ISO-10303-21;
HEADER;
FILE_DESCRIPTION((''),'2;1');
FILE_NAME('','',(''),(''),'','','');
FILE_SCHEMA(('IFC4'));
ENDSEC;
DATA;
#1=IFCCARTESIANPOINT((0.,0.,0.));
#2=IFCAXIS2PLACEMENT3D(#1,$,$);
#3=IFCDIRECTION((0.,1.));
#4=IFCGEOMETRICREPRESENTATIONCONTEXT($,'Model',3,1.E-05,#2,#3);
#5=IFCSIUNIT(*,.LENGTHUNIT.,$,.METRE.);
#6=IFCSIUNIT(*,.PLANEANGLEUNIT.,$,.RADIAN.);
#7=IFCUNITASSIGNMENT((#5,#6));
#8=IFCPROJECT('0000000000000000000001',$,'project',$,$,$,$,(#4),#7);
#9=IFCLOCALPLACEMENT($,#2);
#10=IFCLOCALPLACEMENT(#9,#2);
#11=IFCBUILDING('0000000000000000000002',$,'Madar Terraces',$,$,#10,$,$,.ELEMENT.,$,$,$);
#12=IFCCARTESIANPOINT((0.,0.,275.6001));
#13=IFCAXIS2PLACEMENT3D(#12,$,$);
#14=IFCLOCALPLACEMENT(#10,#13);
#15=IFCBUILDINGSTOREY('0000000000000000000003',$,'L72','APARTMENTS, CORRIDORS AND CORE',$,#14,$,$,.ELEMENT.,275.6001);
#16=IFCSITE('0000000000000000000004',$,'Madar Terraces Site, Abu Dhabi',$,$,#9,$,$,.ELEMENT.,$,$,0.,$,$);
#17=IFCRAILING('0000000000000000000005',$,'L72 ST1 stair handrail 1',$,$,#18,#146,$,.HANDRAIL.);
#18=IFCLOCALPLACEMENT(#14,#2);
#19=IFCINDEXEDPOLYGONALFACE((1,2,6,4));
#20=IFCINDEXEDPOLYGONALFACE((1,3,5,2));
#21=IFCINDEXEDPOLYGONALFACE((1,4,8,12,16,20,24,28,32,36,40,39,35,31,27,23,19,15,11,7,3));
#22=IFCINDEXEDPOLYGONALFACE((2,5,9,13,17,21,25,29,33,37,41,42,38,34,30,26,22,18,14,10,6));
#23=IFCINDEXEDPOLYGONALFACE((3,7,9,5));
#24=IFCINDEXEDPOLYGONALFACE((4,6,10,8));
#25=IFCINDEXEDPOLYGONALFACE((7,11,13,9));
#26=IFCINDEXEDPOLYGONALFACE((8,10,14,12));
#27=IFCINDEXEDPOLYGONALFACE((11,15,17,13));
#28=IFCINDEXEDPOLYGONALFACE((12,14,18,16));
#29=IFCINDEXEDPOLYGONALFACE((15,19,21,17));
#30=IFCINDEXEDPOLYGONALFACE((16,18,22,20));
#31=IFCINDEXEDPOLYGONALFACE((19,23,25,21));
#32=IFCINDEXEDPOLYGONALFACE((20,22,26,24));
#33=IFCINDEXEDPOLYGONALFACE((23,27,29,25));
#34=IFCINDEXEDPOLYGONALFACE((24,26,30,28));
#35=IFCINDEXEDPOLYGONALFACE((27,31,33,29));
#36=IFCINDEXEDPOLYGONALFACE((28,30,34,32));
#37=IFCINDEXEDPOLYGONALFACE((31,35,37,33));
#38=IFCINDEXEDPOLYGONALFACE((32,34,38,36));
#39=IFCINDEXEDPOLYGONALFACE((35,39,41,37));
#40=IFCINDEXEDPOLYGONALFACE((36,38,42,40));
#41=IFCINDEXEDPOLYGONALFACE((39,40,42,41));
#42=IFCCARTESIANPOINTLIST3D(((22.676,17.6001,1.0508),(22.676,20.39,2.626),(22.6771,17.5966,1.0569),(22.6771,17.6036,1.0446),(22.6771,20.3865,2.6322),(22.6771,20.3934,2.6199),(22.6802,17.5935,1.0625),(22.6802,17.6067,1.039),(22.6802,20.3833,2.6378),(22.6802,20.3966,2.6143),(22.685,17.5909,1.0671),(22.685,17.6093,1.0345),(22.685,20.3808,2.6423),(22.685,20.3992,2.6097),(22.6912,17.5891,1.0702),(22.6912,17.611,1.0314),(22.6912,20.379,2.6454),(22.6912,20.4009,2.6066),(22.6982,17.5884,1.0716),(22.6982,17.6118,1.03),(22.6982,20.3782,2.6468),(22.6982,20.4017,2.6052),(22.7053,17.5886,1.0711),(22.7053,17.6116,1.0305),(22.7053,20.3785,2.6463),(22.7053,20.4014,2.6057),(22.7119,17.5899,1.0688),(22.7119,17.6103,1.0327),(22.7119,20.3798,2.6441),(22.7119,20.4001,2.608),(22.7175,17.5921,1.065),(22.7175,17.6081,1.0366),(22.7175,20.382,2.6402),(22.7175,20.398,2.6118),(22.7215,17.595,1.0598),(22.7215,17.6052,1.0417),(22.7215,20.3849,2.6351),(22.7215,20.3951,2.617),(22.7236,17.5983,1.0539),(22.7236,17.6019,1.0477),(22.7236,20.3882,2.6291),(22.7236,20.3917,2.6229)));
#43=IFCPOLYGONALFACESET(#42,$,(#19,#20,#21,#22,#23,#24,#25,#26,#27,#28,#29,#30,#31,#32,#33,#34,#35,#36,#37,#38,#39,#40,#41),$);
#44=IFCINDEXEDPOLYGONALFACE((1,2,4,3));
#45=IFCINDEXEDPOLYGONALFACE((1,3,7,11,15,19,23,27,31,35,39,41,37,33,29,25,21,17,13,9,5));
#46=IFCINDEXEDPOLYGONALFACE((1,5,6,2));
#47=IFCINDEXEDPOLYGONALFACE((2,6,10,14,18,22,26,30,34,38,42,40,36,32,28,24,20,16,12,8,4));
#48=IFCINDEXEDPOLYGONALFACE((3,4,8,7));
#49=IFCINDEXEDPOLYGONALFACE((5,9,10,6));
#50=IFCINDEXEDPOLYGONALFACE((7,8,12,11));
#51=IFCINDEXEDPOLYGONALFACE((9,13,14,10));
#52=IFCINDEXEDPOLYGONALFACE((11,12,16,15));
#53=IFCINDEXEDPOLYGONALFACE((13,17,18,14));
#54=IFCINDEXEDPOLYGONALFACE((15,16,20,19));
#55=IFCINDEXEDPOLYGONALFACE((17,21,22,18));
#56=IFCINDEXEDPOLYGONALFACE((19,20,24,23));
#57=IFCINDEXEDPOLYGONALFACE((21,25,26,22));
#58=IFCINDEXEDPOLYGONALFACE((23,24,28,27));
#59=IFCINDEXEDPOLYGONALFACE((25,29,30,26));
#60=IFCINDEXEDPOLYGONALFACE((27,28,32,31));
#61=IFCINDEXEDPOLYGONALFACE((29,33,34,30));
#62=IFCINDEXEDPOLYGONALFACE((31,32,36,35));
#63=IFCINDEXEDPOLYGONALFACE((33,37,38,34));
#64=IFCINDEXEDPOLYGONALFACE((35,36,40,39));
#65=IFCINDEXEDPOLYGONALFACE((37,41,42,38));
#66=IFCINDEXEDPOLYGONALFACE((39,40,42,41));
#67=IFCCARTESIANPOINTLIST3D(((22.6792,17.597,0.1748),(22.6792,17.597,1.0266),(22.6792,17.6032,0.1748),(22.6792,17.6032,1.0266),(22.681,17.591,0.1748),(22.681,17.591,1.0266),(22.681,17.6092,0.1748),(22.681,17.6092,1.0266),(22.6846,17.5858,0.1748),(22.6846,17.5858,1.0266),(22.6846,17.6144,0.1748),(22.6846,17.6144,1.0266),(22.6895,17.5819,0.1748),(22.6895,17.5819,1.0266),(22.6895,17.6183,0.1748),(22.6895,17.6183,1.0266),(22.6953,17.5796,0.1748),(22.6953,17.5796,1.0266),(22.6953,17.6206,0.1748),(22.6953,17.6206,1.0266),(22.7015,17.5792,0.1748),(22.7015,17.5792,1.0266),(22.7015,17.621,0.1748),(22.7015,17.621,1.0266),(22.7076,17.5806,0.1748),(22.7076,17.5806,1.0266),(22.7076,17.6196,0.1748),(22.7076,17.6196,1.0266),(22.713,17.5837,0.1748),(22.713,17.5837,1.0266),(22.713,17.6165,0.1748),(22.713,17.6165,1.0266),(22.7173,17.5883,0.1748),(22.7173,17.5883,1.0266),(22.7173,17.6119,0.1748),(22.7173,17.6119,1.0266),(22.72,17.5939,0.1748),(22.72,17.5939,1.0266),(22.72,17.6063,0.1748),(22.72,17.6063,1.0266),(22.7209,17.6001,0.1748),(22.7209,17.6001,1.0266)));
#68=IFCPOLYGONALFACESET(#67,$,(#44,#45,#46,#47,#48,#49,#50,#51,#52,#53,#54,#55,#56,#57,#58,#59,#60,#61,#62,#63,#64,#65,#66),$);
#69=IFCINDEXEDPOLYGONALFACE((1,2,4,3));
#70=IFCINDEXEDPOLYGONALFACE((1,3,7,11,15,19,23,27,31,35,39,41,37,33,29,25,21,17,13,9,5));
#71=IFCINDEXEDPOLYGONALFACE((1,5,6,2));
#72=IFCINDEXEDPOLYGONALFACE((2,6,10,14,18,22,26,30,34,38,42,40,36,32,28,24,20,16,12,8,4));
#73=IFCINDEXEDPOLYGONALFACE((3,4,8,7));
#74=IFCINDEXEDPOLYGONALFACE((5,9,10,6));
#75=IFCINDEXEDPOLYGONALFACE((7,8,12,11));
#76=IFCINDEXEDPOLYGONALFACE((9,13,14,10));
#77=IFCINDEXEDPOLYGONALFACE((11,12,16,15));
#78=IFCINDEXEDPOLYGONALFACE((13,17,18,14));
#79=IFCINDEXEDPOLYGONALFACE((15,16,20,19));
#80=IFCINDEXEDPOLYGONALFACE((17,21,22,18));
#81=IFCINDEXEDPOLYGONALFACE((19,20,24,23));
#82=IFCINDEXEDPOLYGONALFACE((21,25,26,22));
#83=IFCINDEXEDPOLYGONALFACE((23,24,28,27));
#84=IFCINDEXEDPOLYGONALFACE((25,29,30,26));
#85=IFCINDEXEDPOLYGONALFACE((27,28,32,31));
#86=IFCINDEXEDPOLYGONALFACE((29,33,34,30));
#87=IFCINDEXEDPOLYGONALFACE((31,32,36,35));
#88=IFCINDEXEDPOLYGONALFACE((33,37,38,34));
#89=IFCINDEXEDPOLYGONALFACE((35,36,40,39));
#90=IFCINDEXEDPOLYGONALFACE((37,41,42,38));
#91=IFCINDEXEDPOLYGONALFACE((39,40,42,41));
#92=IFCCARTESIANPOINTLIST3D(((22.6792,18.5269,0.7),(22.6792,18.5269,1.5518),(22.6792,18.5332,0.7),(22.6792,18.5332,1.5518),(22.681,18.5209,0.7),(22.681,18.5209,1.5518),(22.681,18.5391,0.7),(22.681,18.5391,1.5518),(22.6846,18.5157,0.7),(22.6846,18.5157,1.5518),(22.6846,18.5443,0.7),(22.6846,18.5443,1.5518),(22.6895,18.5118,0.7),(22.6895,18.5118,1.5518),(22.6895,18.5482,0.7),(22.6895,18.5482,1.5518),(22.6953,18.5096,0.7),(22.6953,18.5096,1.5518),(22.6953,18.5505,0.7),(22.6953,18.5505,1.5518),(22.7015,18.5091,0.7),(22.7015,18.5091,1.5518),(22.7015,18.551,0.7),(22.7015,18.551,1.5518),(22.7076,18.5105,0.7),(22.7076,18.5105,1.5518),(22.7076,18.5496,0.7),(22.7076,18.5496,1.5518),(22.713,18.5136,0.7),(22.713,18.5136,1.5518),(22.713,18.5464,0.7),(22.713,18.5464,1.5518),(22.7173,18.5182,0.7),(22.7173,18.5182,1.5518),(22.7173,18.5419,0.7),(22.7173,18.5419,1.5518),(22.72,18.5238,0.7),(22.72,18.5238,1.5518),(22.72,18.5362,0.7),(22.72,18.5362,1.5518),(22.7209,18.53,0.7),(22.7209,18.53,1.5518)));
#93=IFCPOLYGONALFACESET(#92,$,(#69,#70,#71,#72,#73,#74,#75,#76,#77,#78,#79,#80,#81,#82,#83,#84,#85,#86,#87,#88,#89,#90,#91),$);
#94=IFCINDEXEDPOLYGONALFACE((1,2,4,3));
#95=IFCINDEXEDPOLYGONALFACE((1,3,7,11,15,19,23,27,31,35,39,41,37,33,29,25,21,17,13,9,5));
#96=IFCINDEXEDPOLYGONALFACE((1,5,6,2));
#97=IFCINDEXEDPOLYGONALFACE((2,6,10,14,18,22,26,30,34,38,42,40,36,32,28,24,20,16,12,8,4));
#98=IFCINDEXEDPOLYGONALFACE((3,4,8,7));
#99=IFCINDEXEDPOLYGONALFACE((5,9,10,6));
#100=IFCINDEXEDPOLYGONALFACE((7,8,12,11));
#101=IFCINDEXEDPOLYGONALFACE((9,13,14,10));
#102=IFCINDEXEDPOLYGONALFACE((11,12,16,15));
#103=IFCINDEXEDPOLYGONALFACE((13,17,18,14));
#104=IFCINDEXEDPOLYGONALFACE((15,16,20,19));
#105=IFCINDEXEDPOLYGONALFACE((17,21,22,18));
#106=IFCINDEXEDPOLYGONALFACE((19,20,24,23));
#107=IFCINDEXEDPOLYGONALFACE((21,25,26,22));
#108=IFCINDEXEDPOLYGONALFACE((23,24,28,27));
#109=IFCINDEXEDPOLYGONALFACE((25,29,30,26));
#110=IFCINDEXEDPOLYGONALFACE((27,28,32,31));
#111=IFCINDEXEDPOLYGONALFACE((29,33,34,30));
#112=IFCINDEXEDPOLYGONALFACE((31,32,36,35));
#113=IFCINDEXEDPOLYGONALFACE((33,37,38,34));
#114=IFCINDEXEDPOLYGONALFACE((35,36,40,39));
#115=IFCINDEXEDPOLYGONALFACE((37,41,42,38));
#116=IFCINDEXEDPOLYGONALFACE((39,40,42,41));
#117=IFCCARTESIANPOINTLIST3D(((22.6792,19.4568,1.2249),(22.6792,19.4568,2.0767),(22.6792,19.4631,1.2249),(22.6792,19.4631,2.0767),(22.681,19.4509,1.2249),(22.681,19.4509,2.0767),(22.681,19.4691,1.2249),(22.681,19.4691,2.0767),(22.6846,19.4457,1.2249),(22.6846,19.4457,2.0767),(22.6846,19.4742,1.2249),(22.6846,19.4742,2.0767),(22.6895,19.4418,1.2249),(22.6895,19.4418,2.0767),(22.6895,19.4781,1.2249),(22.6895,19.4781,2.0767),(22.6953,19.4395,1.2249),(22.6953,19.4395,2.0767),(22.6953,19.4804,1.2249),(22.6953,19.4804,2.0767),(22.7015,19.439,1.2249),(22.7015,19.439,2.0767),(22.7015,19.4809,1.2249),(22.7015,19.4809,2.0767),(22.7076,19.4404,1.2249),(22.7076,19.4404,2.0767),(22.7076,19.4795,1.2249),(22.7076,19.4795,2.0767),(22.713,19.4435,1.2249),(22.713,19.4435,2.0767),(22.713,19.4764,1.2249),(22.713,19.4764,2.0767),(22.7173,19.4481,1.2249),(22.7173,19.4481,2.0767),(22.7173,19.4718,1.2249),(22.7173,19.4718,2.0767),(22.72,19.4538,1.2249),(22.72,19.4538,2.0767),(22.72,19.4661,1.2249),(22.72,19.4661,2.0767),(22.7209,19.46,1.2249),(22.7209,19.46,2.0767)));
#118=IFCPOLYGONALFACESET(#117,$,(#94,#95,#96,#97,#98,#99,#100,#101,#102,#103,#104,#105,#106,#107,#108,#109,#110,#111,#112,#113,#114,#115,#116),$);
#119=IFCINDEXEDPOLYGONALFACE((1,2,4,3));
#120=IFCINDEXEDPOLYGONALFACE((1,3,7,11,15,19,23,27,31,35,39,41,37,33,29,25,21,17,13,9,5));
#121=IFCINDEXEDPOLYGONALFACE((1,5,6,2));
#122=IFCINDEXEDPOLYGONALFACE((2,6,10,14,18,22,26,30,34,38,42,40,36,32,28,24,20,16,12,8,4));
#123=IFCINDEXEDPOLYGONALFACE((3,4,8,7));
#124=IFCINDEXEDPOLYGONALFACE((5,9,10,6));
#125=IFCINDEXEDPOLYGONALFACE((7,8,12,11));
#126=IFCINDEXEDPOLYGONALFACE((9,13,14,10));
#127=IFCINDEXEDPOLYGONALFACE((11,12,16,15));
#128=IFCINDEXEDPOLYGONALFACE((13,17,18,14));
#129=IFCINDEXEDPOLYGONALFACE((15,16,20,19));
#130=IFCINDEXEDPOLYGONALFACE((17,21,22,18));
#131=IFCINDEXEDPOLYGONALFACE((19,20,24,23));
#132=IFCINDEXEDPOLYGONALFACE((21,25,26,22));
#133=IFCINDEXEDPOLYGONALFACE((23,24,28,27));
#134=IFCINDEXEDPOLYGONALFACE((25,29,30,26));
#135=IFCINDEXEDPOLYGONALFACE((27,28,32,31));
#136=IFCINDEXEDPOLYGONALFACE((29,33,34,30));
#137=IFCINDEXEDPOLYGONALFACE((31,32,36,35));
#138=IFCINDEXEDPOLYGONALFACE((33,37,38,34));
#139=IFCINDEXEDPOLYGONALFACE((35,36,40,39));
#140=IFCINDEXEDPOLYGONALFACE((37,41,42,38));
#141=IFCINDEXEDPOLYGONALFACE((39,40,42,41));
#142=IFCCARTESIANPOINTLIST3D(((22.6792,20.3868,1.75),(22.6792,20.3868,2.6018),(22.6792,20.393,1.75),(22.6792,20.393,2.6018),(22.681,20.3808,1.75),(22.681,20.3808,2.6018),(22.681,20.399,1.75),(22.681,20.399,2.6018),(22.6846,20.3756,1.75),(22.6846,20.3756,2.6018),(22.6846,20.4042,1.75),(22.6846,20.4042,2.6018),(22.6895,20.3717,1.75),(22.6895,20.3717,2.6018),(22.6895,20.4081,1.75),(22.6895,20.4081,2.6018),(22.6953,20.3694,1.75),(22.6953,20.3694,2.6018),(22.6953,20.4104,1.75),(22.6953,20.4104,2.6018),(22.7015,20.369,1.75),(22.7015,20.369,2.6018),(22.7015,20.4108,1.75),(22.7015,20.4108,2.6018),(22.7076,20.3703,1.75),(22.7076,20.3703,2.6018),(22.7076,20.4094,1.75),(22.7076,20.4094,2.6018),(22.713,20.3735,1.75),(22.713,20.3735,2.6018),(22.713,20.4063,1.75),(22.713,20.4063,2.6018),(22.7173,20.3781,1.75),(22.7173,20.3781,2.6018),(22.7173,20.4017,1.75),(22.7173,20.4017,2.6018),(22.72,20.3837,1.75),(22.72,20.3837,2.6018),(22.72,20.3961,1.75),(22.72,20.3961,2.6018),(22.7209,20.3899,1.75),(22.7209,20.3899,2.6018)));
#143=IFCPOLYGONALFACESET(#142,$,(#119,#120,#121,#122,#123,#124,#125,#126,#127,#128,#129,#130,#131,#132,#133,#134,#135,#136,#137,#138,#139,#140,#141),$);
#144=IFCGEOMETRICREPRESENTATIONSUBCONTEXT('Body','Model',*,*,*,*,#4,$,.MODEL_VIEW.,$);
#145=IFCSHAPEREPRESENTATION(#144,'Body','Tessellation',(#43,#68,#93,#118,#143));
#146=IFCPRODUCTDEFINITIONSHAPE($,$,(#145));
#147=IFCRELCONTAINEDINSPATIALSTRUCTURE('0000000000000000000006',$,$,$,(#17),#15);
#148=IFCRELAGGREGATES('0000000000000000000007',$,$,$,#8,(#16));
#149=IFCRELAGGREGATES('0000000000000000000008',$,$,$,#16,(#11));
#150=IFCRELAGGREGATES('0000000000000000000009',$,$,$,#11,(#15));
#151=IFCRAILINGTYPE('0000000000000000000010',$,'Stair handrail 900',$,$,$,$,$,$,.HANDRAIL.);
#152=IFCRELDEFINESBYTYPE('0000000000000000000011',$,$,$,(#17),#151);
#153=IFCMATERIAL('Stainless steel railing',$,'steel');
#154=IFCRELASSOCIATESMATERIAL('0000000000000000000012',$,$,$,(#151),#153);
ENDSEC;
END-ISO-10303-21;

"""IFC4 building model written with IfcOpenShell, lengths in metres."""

from ifc_helpers import new_model, si_unit, direction, frame, origin, origin_2d, place, context, subcontext, project, spatial, circle, extrude, material, type_object, element, save


model = new_model("IFC4")

# Units and contexts
model_context = context("Model", 3, precision=1e-05, world=origin(), true_north=direction((0.0, 1.0)))
body_context = subcontext(model_context, "Body", "Model", "MODEL_VIEW")
ifc_project = project(units=[si_unit("LENGTHUNIT", "METRE"), si_unit("PLANEANGLEUNIT", "RADIAN")], contexts=[model_context])

# Site, building, storey
site_placement = place(None, origin())
site = spatial("IfcSite", under=ifc_project, at=site_placement, Name="Madar Terraces Site, Abu Dhabi", CompositionType="ELEMENT", RefElevation=0.0)
building_placement = place(site_placement, origin())
building = spatial("IfcBuilding", under=site, at=building_placement, Name="Madar Terraces", CompositionType="ELEMENT")
storey_placement = place(building_placement, frame((0.0, 0.0, 275.6001)))
storey = spatial("IfcBuildingStorey", under=building, at=storey_placement, Name="L72", Description="APARTMENTS, CORRIDORS AND CORE", CompositionType="ELEMENT", Elevation=275.6001)

# Railing
ifc_material_1 = material(Name="Stainless steel railing", Category="steel")
railing_type_1 = type_object("IfcRailingType", Name="Stair handrail 900", PredefinedType="HANDRAIL", material=ifc_material_1)
railing_1_placement = place(storey_placement, frame((22.7, 17.6001, 0.1748)))
element("IfcRailing", 1, at=railing_1_placement, inside=storey, type_object=railing_type_1, Name="L72 ST1 stair handrail 1", PredefinedType="HANDRAIL", context=body_context, shape_type="SweptSolid", body=[
    extrude(circle(Radius=0.0239, at=origin_2d()), frame((0.0, 0.0, 0.876), z_axis=(0.0, 0.870783, 0.491668), x_axis=(-1.0, 0.0, 0.0)), (0.0, 0.0, 1.0), 3.2039),
    extrude(circle(Radius=0.021, at=origin_2d()), origin(), (0.0, 0.0, 1.0), 0.8518),
    extrude(circle(Radius=0.021, at=origin_2d()), frame((0.0, 0.9299, 0.5251)), (0.0, 0.0, 1.0), 0.8518),
    extrude(circle(Radius=0.021, at=origin_2d()), frame((0.0, 1.8599, 1.05)), (0.0, 0.0, 1.0), 0.8518),
    extrude(circle(Radius=0.021, at=origin_2d()), frame((0.0, 2.7898, 1.5752)), (0.0, 0.0, 1.0), 0.8518),
])

save(model, "model.ifc")
